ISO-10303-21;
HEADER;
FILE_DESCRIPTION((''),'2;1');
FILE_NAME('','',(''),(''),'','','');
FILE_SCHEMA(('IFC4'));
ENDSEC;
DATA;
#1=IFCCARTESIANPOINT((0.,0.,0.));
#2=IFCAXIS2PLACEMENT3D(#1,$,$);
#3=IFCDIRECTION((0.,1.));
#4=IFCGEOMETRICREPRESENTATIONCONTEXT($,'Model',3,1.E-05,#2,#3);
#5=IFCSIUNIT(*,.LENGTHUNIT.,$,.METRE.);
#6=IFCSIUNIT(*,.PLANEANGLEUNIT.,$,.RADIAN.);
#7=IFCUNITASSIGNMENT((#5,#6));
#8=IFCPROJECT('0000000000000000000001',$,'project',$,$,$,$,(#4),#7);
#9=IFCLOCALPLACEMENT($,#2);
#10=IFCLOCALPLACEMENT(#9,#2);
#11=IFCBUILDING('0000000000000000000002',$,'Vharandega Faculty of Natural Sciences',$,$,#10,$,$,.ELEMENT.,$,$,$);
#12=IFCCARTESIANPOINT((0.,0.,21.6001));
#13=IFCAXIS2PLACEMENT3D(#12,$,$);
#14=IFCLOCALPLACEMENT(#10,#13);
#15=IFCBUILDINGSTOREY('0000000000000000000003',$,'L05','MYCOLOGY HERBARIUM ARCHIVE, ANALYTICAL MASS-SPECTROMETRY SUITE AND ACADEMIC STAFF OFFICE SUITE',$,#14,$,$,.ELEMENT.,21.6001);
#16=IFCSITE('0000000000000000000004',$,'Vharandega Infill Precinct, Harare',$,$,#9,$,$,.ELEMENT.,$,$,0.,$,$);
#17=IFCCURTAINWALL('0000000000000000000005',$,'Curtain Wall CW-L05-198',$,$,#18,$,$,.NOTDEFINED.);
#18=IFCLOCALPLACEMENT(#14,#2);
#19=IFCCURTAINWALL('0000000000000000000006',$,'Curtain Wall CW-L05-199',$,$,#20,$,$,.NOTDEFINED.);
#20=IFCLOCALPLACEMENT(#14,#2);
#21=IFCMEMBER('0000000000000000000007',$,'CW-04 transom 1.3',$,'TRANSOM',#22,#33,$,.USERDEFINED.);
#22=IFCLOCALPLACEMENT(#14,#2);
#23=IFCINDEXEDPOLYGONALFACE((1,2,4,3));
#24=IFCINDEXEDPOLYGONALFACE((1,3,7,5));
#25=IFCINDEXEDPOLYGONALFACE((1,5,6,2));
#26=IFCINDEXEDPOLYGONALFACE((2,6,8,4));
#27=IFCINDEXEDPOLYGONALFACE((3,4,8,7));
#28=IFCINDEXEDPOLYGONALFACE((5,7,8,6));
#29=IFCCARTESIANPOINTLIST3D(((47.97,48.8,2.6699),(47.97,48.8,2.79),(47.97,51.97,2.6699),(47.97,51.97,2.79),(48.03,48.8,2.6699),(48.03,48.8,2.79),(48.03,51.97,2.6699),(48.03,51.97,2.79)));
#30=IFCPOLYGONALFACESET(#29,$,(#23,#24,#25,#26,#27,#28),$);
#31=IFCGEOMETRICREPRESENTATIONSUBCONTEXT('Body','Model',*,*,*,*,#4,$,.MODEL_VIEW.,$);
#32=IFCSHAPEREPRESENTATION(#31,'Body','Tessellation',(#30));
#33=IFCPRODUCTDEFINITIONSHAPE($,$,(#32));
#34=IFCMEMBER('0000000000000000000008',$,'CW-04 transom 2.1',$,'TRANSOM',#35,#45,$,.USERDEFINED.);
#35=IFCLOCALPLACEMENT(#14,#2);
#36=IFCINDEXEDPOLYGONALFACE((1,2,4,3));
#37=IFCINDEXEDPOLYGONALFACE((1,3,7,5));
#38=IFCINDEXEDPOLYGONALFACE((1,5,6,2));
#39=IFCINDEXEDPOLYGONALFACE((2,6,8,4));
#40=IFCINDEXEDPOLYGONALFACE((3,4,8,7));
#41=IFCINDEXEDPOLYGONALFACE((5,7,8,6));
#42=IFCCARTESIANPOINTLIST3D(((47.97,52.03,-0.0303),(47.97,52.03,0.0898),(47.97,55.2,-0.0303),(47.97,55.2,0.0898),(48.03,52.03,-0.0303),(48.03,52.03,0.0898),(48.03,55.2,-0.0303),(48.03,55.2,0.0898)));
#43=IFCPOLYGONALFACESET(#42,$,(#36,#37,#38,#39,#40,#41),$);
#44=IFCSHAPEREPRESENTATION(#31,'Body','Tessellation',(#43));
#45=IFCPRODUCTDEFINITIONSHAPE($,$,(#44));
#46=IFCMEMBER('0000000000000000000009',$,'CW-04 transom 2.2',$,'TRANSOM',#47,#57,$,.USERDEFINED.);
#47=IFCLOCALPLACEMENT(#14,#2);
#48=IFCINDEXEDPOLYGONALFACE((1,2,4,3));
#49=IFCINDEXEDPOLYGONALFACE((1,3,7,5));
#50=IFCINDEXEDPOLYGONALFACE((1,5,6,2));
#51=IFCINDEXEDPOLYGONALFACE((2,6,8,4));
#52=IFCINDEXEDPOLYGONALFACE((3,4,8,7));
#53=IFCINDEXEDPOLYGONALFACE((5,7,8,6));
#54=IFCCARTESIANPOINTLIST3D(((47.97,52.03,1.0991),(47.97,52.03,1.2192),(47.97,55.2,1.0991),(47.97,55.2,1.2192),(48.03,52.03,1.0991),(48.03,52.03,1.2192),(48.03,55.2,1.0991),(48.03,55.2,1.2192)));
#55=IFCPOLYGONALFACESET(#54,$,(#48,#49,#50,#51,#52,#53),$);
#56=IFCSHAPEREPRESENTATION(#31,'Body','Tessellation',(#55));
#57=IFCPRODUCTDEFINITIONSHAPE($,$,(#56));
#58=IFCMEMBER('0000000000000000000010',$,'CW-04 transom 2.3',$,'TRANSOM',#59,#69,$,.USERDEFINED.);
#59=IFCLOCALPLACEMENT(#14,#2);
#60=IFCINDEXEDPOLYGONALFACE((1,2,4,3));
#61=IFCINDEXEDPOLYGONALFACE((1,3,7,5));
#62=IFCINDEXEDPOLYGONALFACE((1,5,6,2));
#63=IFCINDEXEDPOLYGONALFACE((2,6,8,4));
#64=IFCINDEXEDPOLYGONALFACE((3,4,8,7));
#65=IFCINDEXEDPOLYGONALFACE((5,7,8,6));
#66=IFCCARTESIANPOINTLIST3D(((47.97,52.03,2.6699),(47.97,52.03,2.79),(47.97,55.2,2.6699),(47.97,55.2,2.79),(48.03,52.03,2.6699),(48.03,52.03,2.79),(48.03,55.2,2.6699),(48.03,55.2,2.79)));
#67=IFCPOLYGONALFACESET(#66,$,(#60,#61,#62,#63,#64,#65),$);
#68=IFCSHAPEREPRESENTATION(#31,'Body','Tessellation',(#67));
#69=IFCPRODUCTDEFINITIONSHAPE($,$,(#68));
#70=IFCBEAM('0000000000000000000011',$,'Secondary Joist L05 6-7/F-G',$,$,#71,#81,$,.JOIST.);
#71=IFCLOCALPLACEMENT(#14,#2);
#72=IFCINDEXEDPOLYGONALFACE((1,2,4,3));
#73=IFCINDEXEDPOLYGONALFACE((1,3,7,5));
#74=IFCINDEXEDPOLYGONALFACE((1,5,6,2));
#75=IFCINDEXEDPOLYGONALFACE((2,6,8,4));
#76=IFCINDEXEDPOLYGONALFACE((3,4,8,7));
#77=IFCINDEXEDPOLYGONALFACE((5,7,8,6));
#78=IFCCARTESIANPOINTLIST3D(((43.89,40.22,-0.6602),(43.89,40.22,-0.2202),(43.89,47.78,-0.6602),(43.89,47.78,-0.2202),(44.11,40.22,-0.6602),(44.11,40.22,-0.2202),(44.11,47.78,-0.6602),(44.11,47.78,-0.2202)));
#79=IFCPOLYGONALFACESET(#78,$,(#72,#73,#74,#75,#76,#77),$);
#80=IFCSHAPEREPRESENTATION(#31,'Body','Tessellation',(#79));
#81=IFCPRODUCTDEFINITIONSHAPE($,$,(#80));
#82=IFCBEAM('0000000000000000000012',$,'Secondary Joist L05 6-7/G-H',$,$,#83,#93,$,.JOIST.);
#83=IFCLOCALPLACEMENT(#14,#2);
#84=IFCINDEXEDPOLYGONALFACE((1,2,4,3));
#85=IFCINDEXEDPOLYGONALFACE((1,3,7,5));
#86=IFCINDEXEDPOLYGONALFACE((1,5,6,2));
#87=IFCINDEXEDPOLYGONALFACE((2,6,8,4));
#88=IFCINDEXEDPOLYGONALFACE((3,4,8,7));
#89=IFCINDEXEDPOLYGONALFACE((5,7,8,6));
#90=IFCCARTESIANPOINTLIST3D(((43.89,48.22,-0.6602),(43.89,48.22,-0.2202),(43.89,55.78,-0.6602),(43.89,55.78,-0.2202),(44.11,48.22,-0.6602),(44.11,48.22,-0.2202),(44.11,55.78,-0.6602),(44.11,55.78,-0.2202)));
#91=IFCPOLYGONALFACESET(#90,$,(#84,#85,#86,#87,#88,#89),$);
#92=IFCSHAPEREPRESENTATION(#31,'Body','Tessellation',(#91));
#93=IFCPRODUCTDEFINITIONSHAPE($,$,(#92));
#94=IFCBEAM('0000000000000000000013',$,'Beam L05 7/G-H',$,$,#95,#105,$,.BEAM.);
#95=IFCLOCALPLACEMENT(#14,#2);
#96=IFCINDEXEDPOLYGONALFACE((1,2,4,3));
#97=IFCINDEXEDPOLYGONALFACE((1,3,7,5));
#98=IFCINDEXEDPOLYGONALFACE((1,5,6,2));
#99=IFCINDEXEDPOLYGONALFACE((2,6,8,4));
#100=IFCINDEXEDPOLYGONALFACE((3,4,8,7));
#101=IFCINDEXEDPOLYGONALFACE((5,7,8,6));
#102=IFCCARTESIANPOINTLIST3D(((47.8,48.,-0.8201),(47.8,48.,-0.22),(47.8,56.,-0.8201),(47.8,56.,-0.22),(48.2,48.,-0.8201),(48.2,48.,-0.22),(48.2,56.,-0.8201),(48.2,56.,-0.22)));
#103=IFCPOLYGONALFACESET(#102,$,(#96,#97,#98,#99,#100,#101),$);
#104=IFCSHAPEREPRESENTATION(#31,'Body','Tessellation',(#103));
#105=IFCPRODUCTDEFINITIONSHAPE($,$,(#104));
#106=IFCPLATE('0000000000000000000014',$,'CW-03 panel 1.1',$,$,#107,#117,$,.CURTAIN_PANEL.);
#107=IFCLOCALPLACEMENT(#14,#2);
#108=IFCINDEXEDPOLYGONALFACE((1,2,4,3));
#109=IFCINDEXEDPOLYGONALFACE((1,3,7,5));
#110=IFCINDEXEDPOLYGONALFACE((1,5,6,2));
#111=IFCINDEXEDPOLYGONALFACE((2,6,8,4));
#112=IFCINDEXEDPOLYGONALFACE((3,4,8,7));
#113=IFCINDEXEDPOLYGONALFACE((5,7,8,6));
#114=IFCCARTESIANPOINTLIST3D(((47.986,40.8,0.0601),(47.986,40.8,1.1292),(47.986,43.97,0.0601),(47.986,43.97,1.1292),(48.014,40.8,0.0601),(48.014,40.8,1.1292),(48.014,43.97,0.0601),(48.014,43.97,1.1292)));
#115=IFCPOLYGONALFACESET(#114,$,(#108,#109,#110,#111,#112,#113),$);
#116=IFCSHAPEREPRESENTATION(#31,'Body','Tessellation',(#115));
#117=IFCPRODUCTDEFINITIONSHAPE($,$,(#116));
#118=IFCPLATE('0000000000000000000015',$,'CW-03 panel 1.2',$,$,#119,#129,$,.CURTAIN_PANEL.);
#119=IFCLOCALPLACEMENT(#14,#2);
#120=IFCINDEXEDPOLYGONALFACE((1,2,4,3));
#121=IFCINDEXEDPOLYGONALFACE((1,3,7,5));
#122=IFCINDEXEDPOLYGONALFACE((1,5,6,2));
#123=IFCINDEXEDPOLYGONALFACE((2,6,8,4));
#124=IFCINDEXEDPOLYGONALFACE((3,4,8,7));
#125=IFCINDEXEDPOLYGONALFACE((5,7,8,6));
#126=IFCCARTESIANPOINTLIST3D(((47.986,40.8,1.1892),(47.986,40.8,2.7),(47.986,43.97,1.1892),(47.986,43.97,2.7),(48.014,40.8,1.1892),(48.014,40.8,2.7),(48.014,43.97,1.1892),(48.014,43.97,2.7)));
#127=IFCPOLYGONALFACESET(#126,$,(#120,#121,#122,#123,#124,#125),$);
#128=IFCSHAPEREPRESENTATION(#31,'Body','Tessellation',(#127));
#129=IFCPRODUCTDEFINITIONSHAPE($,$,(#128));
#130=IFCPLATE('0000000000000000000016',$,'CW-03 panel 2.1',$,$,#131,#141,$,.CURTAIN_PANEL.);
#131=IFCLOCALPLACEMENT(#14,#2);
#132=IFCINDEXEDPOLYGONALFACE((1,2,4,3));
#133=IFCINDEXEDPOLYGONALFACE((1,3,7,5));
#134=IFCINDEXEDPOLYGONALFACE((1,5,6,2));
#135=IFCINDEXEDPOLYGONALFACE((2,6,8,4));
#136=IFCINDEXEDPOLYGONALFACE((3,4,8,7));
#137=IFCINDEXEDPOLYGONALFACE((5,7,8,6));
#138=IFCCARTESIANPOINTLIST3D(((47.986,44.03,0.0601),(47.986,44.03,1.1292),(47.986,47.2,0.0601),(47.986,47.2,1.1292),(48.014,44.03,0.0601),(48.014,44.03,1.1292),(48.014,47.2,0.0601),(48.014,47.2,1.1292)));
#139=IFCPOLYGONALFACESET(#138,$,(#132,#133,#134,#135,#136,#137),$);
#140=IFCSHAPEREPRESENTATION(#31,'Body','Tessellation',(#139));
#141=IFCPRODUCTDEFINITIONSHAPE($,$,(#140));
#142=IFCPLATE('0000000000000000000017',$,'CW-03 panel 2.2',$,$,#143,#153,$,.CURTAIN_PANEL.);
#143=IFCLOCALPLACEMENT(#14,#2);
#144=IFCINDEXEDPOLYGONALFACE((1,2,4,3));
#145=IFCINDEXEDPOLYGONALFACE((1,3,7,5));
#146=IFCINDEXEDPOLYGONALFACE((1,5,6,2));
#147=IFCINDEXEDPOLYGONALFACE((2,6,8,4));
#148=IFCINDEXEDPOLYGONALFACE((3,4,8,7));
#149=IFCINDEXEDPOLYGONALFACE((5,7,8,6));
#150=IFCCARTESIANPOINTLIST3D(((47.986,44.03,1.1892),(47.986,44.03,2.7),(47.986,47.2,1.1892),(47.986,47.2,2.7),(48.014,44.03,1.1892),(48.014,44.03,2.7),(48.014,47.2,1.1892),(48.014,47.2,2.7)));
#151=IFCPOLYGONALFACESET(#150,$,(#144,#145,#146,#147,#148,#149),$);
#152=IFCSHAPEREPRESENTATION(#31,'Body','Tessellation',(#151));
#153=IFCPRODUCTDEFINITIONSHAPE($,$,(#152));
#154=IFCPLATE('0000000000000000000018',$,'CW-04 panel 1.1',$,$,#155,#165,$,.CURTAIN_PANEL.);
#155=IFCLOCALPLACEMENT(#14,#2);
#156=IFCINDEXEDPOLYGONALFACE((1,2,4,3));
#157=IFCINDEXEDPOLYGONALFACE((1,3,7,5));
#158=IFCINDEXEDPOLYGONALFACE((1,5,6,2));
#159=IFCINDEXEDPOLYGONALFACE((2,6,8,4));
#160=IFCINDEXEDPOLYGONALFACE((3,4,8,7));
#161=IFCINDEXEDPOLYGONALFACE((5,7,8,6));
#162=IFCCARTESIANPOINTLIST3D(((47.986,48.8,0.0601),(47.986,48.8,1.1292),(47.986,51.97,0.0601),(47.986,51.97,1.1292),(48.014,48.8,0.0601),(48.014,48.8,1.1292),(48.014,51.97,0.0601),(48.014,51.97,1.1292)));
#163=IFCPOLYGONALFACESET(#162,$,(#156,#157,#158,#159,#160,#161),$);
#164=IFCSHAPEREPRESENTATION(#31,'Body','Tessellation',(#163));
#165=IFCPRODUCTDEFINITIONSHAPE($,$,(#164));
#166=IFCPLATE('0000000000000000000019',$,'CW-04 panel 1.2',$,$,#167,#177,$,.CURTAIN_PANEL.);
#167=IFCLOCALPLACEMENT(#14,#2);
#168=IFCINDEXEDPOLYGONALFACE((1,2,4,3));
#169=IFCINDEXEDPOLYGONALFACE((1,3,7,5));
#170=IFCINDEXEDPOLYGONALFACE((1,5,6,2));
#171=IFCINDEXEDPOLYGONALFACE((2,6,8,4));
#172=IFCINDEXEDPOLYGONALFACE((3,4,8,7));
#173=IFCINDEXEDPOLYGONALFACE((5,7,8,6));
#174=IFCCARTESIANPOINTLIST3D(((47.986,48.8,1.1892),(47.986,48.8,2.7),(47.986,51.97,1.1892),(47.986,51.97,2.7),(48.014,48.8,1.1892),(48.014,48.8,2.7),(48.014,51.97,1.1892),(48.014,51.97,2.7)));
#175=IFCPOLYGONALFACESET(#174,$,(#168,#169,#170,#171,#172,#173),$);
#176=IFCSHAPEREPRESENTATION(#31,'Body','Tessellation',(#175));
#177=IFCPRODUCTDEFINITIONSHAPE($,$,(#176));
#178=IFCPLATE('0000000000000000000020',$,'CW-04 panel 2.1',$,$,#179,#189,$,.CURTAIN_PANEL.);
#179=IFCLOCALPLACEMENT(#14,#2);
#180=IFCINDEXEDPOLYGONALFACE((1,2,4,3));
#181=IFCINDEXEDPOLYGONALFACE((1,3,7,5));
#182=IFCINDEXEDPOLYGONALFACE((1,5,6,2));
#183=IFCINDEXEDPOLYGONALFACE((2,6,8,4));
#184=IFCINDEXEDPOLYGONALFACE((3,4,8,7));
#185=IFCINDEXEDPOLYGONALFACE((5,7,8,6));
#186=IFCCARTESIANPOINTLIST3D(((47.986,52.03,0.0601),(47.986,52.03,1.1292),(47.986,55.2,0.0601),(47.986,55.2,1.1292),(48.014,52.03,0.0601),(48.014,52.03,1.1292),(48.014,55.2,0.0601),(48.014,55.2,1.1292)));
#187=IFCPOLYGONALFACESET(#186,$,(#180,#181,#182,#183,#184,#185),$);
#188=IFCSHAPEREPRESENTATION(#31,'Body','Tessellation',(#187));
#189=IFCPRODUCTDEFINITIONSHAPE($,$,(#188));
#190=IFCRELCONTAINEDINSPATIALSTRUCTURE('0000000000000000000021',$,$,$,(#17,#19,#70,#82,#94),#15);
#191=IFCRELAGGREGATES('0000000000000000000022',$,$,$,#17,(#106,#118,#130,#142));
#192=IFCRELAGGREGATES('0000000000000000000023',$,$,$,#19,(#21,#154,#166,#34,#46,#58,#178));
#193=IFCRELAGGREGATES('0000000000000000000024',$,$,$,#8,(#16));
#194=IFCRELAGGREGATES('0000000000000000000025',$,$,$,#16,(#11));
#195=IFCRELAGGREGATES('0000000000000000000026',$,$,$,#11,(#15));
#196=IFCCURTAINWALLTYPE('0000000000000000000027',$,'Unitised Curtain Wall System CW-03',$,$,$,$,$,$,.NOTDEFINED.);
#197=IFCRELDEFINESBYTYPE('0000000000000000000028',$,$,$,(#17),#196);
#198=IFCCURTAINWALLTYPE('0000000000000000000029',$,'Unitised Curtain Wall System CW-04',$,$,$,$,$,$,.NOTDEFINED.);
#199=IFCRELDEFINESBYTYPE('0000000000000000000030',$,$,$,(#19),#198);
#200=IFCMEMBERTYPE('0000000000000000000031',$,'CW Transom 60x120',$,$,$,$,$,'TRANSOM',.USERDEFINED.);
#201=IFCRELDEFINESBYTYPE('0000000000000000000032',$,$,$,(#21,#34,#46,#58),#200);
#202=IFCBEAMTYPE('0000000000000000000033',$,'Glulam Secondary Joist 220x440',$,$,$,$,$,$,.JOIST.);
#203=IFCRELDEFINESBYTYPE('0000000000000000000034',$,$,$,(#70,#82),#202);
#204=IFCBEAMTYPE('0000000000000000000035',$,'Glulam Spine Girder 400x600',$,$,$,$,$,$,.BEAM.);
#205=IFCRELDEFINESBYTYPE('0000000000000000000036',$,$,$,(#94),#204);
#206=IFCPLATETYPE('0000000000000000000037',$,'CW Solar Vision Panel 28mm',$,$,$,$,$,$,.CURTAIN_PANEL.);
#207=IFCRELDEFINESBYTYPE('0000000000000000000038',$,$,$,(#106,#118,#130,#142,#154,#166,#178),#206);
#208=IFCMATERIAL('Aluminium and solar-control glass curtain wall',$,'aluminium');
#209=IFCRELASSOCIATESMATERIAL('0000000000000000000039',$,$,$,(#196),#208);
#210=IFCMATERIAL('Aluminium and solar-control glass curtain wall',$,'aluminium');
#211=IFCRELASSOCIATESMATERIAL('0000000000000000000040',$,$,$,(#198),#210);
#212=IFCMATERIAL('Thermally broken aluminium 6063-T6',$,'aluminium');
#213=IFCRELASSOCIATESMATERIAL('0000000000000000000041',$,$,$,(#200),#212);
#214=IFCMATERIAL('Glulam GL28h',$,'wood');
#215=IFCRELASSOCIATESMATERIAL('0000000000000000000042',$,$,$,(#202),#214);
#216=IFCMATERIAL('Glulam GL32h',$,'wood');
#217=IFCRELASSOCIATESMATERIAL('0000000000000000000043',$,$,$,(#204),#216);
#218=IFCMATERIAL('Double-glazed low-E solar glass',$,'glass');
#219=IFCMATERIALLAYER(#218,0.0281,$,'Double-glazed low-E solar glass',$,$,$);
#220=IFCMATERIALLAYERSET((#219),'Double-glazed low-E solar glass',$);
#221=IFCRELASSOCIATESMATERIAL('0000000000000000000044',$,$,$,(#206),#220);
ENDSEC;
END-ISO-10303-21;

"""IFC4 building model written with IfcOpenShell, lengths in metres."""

from ifc_helpers import new_model, si_unit, direction, frame, origin, origin_2d, place, context, subcontext, project, spatial, rectangle, extrude, material, layer, layer_set, material_profile, profile_set, type_object, element, aggregate, save


model = new_model("IFC4")

# Units and contexts
model_context = context("Model", 3, precision=1e-05, world=origin(), true_north=direction((0.0, 1.0)))
body_context = subcontext(model_context, "Body", "Model", "MODEL_VIEW")
ifc_project = project(units=[si_unit("LENGTHUNIT", "METRE"), si_unit("PLANEANGLEUNIT", "RADIAN")], contexts=[model_context])

# Site, building, storey
site_placement = place(None, origin())
site = spatial("IfcSite", under=ifc_project, at=site_placement, Name="Vharandega Infill Precinct, Harare", CompositionType="ELEMENT", RefElevation=0.0)
building_placement = place(site_placement, origin())
building = spatial("IfcBuilding", under=site, at=building_placement, Name="Vharandega Faculty of Natural Sciences", CompositionType="ELEMENT")
storey_placement = place(building_placement, frame((0.0, 0.0, 21.6001)))
storey = spatial("IfcBuildingStorey", under=building, at=storey_placement, Name="L05", Description="MYCOLOGY HERBARIUM ARCHIVE, ANALYTICAL MASS-SPECTROMETRY SUITE AND ACADEMIC STAFF OFFICE SUITE", CompositionType="ELEMENT", Elevation=21.6001)

# Curtain walls
ifc_material_1 = material(Name="Aluminium and solar-control glass curtain wall", Category="aluminium")
curtain_wall_type_1 = type_object("IfcCurtainWallType", Name="Unitised Curtain Wall System CW-03", PredefinedType="NOTDEFINED", material=ifc_material_1)
curtain_wall_1_placement = place(storey_placement, origin())
curtain_wall_1 = element("IfcCurtainWall", 1, at=curtain_wall_1_placement, inside=storey, type_object=curtain_wall_type_1, Name="Curtain Wall CW-L05-198", PredefinedType="NOTDEFINED")
ifc_material_2 = material(Name="Aluminium and solar-control glass curtain wall", Category="aluminium")
curtain_wall_type_2 = type_object("IfcCurtainWallType", Name="Unitised Curtain Wall System CW-04", PredefinedType="NOTDEFINED", material=ifc_material_2)
curtain_wall_2_placement = place(storey_placement, origin())
curtain_wall_2 = element("IfcCurtainWall", 2, at=curtain_wall_2_placement, inside=storey, type_object=curtain_wall_type_2, Name="Curtain Wall CW-L05-199", PredefinedType="NOTDEFINED")

# Members
ifc_material_3 = material(Name="Thermally broken aluminium 6063-T6", Category="aluminium")
ifc_material_profile_1 = material_profile(ifc_material_3, rectangle(XDim=0.0601, YDim=0.1201, at=origin_2d()), Name="ALU 60x120")
ifc_profile_set_1 = profile_set([ifc_material_profile_1], Name="Thermally broken aluminium 6063-T6")
member_type_1 = type_object("IfcMemberType", Name="CW Transom 60x120", ElementType="TRANSOM", PredefinedType="USERDEFINED", material=ifc_profile_set_1)
member_1_placement = place(storey_placement, frame((48.0, 48.8, 2.73), z_axis=(0.0, 1.0, 0.0), x_axis=(-1.0, 0.0, 0.0)))
member_1 = element("IfcMember", 3, at=member_1_placement, type_object=member_type_1, Name="CW-04 transom 1.3", ObjectType="TRANSOM", PredefinedType="USERDEFINED", context=body_context, shape_type="SweptSolid", body=[
    extrude(rectangle(XDim=0.0601, YDim=0.1201, at=origin_2d()), origin(), (0.0, 0.0, 1.0), 3.1699),
])
member_2_placement = place(storey_placement, frame((48.0, 52.03, 0.0298), z_axis=(0.0, 1.0, 0.0), x_axis=(-1.0, 0.0, 0.0)))
member_2 = element("IfcMember", 4, at=member_2_placement, type_object=member_type_1, Name="CW-04 transom 2.1", ObjectType="TRANSOM", PredefinedType="USERDEFINED", context=body_context, shape_type="SweptSolid", body=[
    extrude(rectangle(XDim=0.0601, YDim=0.1201, at=origin_2d()), origin(), (0.0, 0.0, 1.0), 3.1699),
])
member_3_placement = place(storey_placement, frame((48.0, 52.03, 1.1592), z_axis=(0.0, 1.0, 0.0), x_axis=(-1.0, 0.0, 0.0)))
member_3 = element("IfcMember", 5, at=member_3_placement, type_object=member_type_1, Name="CW-04 transom 2.2", ObjectType="TRANSOM", PredefinedType="USERDEFINED", context=body_context, shape_type="SweptSolid", body=[
    extrude(rectangle(XDim=0.0601, YDim=0.1201, at=origin_2d()), origin(), (0.0, 0.0, 1.0), 3.1699),
])
member_4_placement = place(storey_placement, frame((48.0, 52.03, 2.73), z_axis=(0.0, 1.0, 0.0), x_axis=(-1.0, 0.0, 0.0)))
member_4 = element("IfcMember", 6, at=member_4_placement, type_object=member_type_1, Name="CW-04 transom 2.3", ObjectType="TRANSOM", PredefinedType="USERDEFINED", context=body_context, shape_type="SweptSolid", body=[
    extrude(rectangle(XDim=0.0601, YDim=0.1201, at=origin_2d()), origin(), (0.0, 0.0, 1.0), 3.1699),
])

# Beams
ifc_material_4 = material(Name="Glulam GL28h", Category="wood")
ifc_material_profile_2 = material_profile(ifc_material_4, rectangle(XDim=0.22, YDim=0.4399, at=origin_2d()), Name="GL28h 220x440")
ifc_profile_set_2 = profile_set([ifc_material_profile_2], Name="Glulam GL28h")
beam_type_1 = type_object("IfcBeamType", Name="Glulam Secondary Joist 220x440", PredefinedType="JOIST", material=ifc_profile_set_2)
for number, where, z_axis, x_axis, name in (
    (7, (44.0, 40.22, -0.4402), (0.0, 1.0, 0.0), (-1.0, 0.0, 0.0), "Secondary Joist L05 6-7/F-G"),
    (8, (44.0, 48.22, -0.4402), (0.0, 1.0, 0.0), (-1.0, 0.0, 0.0), "Secondary Joist L05 6-7/G-H"),
):
    element("IfcBeam", number, at=place(storey_placement, frame(where, z_axis=z_axis, x_axis=x_axis)), inside=storey, type_object=beam_type_1, Name=name, PredefinedType="JOIST", context=body_context, shape_type="SweptSolid", body=[
        extrude(rectangle(XDim=0.22, YDim=0.4399, at=origin_2d()), origin(), (0.0, 0.0, 1.0), 7.5601),
    ])
ifc_material_5 = material(Name="Glulam GL32h", Category="wood")
ifc_material_profile_3 = material_profile(ifc_material_5, rectangle(XDim=0.3999, YDim=0.6001, at=origin_2d()), Name="GL32h 400x600")
ifc_profile_set_3 = profile_set([ifc_material_profile_3], Name="Glulam GL32h")
beam_type_2 = type_object("IfcBeamType", Name="Glulam Spine Girder 400x600", PredefinedType="BEAM", material=ifc_profile_set_3)
beam_placement = place(storey_placement, frame((48.0, 48.0, -0.52), z_axis=(0.0, 1.0, 0.0), x_axis=(-1.0, 0.0, 0.0)))
element("IfcBeam", 9, at=beam_placement, inside=storey, type_object=beam_type_2, Name="Beam L05 7/G-H", PredefinedType="BEAM", context=body_context, shape_type="SweptSolid", body=[
    extrude(rectangle(XDim=0.3999, YDim=0.6001, at=origin_2d()), origin(), (0.0, 0.0, 1.0), 8.0),
])

# Plates
ifc_material_6 = material(Name="Double-glazed low-E solar glass", Category="glass")
ifc_layer = layer(ifc_material_6, 0.0281, Name="Double-glazed low-E solar glass")
ifc_layer_set = layer_set([ifc_layer], Name="Double-glazed low-E solar glass")
plate_type = type_object("IfcPlateType", Name="CW Solar Vision Panel 28mm", PredefinedType="CURTAIN_PANEL", material=ifc_layer_set)
plate_1_placement = place(storey_placement, frame((48.0, 42.385, 0.0601), z_axis=(0.0, 0.0, 1.0), x_axis=(0.0, 1.0, 0.0)))
plate_1 = element("IfcPlate", 10, at=plate_1_placement, type_object=plate_type, Name="CW-03 panel 1.1", PredefinedType="CURTAIN_PANEL", context=body_context, shape_type="SweptSolid", body=[
    extrude(rectangle(XDim=3.1699, YDim=0.0281, at=origin_2d()), origin(), (0.0, 0.0, 1.0), 1.0691),
])
plate_2_placement = place(storey_placement, frame((48.0, 42.385, 1.1892), z_axis=(0.0, 0.0, 1.0), x_axis=(0.0, 1.0, 0.0)))
plate_2 = element("IfcPlate", 11, at=plate_2_placement, type_object=plate_type, Name="CW-03 panel 1.2", PredefinedType="CURTAIN_PANEL", context=body_context, shape_type="SweptSolid", body=[
    extrude(rectangle(XDim=3.1699, YDim=0.0281, at=origin_2d()), origin(), (0.0, 0.0, 1.0), 1.5107),
])
plate_3_placement = place(storey_placement, frame((48.0, 45.615, 0.0601), z_axis=(0.0, 0.0, 1.0), x_axis=(0.0, 1.0, 0.0)))
plate_3 = element("IfcPlate", 12, at=plate_3_placement, type_object=plate_type, Name="CW-03 panel 2.1", PredefinedType="CURTAIN_PANEL", context=body_context, shape_type="SweptSolid", body=[
    extrude(rectangle(XDim=3.1699, YDim=0.0281, at=origin_2d()), origin(), (0.0, 0.0, 1.0), 1.0691),
])
plate_4_placement = place(storey_placement, frame((48.0, 45.615, 1.1892), z_axis=(0.0, 0.0, 1.0), x_axis=(0.0, 1.0, 0.0)))
plate_4 = element("IfcPlate", 13, at=plate_4_placement, type_object=plate_type, Name="CW-03 panel 2.2", PredefinedType="CURTAIN_PANEL", context=body_context, shape_type="SweptSolid", body=[
    extrude(rectangle(XDim=3.1699, YDim=0.0281, at=origin_2d()), origin(), (0.0, 0.0, 1.0), 1.5107),
])
aggregate(curtain_wall_1, [plate_1, plate_2, plate_3, plate_4])
plate_5_placement = place(storey_placement, frame((48.0, 50.385, 0.0601), z_axis=(0.0, 0.0, 1.0), x_axis=(0.0, 1.0, 0.0)))
plate_5 = element("IfcPlate", 14, at=plate_5_placement, type_object=plate_type, Name="CW-04 panel 1.1", PredefinedType="CURTAIN_PANEL", context=body_context, shape_type="SweptSolid", body=[
    extrude(rectangle(XDim=3.1699, YDim=0.0281, at=origin_2d()), origin(), (0.0, 0.0, 1.0), 1.0691),
])
plate_6_placement = place(storey_placement, frame((48.0, 50.385, 1.1892), z_axis=(0.0, 0.0, 1.0), x_axis=(0.0, 1.0, 0.0)))
plate_6 = element("IfcPlate", 15, at=plate_6_placement, type_object=plate_type, Name="CW-04 panel 1.2", PredefinedType="CURTAIN_PANEL", context=body_context, shape_type="SweptSolid", body=[
    extrude(rectangle(XDim=3.1699, YDim=0.0281, at=origin_2d()), origin(), (0.0, 0.0, 1.0), 1.5107),
])
plate_7_placement = place(storey_placement, frame((48.0, 53.615, 0.0601), z_axis=(0.0, 0.0, 1.0), x_axis=(0.0, 1.0, 0.0)))
plate_7 = element("IfcPlate", 16, at=plate_7_placement, type_object=plate_type, Name="CW-04 panel 2.1", PredefinedType="CURTAIN_PANEL", context=body_context, shape_type="SweptSolid", body=[
    extrude(rectangle(XDim=3.1699, YDim=0.0281, at=origin_2d()), origin(), (0.0, 0.0, 1.0), 1.0691),
])
aggregate(curtain_wall_2, [member_1, plate_5, plate_6, member_2, member_3, member_4, plate_7])

save(model, "model.ifc")
